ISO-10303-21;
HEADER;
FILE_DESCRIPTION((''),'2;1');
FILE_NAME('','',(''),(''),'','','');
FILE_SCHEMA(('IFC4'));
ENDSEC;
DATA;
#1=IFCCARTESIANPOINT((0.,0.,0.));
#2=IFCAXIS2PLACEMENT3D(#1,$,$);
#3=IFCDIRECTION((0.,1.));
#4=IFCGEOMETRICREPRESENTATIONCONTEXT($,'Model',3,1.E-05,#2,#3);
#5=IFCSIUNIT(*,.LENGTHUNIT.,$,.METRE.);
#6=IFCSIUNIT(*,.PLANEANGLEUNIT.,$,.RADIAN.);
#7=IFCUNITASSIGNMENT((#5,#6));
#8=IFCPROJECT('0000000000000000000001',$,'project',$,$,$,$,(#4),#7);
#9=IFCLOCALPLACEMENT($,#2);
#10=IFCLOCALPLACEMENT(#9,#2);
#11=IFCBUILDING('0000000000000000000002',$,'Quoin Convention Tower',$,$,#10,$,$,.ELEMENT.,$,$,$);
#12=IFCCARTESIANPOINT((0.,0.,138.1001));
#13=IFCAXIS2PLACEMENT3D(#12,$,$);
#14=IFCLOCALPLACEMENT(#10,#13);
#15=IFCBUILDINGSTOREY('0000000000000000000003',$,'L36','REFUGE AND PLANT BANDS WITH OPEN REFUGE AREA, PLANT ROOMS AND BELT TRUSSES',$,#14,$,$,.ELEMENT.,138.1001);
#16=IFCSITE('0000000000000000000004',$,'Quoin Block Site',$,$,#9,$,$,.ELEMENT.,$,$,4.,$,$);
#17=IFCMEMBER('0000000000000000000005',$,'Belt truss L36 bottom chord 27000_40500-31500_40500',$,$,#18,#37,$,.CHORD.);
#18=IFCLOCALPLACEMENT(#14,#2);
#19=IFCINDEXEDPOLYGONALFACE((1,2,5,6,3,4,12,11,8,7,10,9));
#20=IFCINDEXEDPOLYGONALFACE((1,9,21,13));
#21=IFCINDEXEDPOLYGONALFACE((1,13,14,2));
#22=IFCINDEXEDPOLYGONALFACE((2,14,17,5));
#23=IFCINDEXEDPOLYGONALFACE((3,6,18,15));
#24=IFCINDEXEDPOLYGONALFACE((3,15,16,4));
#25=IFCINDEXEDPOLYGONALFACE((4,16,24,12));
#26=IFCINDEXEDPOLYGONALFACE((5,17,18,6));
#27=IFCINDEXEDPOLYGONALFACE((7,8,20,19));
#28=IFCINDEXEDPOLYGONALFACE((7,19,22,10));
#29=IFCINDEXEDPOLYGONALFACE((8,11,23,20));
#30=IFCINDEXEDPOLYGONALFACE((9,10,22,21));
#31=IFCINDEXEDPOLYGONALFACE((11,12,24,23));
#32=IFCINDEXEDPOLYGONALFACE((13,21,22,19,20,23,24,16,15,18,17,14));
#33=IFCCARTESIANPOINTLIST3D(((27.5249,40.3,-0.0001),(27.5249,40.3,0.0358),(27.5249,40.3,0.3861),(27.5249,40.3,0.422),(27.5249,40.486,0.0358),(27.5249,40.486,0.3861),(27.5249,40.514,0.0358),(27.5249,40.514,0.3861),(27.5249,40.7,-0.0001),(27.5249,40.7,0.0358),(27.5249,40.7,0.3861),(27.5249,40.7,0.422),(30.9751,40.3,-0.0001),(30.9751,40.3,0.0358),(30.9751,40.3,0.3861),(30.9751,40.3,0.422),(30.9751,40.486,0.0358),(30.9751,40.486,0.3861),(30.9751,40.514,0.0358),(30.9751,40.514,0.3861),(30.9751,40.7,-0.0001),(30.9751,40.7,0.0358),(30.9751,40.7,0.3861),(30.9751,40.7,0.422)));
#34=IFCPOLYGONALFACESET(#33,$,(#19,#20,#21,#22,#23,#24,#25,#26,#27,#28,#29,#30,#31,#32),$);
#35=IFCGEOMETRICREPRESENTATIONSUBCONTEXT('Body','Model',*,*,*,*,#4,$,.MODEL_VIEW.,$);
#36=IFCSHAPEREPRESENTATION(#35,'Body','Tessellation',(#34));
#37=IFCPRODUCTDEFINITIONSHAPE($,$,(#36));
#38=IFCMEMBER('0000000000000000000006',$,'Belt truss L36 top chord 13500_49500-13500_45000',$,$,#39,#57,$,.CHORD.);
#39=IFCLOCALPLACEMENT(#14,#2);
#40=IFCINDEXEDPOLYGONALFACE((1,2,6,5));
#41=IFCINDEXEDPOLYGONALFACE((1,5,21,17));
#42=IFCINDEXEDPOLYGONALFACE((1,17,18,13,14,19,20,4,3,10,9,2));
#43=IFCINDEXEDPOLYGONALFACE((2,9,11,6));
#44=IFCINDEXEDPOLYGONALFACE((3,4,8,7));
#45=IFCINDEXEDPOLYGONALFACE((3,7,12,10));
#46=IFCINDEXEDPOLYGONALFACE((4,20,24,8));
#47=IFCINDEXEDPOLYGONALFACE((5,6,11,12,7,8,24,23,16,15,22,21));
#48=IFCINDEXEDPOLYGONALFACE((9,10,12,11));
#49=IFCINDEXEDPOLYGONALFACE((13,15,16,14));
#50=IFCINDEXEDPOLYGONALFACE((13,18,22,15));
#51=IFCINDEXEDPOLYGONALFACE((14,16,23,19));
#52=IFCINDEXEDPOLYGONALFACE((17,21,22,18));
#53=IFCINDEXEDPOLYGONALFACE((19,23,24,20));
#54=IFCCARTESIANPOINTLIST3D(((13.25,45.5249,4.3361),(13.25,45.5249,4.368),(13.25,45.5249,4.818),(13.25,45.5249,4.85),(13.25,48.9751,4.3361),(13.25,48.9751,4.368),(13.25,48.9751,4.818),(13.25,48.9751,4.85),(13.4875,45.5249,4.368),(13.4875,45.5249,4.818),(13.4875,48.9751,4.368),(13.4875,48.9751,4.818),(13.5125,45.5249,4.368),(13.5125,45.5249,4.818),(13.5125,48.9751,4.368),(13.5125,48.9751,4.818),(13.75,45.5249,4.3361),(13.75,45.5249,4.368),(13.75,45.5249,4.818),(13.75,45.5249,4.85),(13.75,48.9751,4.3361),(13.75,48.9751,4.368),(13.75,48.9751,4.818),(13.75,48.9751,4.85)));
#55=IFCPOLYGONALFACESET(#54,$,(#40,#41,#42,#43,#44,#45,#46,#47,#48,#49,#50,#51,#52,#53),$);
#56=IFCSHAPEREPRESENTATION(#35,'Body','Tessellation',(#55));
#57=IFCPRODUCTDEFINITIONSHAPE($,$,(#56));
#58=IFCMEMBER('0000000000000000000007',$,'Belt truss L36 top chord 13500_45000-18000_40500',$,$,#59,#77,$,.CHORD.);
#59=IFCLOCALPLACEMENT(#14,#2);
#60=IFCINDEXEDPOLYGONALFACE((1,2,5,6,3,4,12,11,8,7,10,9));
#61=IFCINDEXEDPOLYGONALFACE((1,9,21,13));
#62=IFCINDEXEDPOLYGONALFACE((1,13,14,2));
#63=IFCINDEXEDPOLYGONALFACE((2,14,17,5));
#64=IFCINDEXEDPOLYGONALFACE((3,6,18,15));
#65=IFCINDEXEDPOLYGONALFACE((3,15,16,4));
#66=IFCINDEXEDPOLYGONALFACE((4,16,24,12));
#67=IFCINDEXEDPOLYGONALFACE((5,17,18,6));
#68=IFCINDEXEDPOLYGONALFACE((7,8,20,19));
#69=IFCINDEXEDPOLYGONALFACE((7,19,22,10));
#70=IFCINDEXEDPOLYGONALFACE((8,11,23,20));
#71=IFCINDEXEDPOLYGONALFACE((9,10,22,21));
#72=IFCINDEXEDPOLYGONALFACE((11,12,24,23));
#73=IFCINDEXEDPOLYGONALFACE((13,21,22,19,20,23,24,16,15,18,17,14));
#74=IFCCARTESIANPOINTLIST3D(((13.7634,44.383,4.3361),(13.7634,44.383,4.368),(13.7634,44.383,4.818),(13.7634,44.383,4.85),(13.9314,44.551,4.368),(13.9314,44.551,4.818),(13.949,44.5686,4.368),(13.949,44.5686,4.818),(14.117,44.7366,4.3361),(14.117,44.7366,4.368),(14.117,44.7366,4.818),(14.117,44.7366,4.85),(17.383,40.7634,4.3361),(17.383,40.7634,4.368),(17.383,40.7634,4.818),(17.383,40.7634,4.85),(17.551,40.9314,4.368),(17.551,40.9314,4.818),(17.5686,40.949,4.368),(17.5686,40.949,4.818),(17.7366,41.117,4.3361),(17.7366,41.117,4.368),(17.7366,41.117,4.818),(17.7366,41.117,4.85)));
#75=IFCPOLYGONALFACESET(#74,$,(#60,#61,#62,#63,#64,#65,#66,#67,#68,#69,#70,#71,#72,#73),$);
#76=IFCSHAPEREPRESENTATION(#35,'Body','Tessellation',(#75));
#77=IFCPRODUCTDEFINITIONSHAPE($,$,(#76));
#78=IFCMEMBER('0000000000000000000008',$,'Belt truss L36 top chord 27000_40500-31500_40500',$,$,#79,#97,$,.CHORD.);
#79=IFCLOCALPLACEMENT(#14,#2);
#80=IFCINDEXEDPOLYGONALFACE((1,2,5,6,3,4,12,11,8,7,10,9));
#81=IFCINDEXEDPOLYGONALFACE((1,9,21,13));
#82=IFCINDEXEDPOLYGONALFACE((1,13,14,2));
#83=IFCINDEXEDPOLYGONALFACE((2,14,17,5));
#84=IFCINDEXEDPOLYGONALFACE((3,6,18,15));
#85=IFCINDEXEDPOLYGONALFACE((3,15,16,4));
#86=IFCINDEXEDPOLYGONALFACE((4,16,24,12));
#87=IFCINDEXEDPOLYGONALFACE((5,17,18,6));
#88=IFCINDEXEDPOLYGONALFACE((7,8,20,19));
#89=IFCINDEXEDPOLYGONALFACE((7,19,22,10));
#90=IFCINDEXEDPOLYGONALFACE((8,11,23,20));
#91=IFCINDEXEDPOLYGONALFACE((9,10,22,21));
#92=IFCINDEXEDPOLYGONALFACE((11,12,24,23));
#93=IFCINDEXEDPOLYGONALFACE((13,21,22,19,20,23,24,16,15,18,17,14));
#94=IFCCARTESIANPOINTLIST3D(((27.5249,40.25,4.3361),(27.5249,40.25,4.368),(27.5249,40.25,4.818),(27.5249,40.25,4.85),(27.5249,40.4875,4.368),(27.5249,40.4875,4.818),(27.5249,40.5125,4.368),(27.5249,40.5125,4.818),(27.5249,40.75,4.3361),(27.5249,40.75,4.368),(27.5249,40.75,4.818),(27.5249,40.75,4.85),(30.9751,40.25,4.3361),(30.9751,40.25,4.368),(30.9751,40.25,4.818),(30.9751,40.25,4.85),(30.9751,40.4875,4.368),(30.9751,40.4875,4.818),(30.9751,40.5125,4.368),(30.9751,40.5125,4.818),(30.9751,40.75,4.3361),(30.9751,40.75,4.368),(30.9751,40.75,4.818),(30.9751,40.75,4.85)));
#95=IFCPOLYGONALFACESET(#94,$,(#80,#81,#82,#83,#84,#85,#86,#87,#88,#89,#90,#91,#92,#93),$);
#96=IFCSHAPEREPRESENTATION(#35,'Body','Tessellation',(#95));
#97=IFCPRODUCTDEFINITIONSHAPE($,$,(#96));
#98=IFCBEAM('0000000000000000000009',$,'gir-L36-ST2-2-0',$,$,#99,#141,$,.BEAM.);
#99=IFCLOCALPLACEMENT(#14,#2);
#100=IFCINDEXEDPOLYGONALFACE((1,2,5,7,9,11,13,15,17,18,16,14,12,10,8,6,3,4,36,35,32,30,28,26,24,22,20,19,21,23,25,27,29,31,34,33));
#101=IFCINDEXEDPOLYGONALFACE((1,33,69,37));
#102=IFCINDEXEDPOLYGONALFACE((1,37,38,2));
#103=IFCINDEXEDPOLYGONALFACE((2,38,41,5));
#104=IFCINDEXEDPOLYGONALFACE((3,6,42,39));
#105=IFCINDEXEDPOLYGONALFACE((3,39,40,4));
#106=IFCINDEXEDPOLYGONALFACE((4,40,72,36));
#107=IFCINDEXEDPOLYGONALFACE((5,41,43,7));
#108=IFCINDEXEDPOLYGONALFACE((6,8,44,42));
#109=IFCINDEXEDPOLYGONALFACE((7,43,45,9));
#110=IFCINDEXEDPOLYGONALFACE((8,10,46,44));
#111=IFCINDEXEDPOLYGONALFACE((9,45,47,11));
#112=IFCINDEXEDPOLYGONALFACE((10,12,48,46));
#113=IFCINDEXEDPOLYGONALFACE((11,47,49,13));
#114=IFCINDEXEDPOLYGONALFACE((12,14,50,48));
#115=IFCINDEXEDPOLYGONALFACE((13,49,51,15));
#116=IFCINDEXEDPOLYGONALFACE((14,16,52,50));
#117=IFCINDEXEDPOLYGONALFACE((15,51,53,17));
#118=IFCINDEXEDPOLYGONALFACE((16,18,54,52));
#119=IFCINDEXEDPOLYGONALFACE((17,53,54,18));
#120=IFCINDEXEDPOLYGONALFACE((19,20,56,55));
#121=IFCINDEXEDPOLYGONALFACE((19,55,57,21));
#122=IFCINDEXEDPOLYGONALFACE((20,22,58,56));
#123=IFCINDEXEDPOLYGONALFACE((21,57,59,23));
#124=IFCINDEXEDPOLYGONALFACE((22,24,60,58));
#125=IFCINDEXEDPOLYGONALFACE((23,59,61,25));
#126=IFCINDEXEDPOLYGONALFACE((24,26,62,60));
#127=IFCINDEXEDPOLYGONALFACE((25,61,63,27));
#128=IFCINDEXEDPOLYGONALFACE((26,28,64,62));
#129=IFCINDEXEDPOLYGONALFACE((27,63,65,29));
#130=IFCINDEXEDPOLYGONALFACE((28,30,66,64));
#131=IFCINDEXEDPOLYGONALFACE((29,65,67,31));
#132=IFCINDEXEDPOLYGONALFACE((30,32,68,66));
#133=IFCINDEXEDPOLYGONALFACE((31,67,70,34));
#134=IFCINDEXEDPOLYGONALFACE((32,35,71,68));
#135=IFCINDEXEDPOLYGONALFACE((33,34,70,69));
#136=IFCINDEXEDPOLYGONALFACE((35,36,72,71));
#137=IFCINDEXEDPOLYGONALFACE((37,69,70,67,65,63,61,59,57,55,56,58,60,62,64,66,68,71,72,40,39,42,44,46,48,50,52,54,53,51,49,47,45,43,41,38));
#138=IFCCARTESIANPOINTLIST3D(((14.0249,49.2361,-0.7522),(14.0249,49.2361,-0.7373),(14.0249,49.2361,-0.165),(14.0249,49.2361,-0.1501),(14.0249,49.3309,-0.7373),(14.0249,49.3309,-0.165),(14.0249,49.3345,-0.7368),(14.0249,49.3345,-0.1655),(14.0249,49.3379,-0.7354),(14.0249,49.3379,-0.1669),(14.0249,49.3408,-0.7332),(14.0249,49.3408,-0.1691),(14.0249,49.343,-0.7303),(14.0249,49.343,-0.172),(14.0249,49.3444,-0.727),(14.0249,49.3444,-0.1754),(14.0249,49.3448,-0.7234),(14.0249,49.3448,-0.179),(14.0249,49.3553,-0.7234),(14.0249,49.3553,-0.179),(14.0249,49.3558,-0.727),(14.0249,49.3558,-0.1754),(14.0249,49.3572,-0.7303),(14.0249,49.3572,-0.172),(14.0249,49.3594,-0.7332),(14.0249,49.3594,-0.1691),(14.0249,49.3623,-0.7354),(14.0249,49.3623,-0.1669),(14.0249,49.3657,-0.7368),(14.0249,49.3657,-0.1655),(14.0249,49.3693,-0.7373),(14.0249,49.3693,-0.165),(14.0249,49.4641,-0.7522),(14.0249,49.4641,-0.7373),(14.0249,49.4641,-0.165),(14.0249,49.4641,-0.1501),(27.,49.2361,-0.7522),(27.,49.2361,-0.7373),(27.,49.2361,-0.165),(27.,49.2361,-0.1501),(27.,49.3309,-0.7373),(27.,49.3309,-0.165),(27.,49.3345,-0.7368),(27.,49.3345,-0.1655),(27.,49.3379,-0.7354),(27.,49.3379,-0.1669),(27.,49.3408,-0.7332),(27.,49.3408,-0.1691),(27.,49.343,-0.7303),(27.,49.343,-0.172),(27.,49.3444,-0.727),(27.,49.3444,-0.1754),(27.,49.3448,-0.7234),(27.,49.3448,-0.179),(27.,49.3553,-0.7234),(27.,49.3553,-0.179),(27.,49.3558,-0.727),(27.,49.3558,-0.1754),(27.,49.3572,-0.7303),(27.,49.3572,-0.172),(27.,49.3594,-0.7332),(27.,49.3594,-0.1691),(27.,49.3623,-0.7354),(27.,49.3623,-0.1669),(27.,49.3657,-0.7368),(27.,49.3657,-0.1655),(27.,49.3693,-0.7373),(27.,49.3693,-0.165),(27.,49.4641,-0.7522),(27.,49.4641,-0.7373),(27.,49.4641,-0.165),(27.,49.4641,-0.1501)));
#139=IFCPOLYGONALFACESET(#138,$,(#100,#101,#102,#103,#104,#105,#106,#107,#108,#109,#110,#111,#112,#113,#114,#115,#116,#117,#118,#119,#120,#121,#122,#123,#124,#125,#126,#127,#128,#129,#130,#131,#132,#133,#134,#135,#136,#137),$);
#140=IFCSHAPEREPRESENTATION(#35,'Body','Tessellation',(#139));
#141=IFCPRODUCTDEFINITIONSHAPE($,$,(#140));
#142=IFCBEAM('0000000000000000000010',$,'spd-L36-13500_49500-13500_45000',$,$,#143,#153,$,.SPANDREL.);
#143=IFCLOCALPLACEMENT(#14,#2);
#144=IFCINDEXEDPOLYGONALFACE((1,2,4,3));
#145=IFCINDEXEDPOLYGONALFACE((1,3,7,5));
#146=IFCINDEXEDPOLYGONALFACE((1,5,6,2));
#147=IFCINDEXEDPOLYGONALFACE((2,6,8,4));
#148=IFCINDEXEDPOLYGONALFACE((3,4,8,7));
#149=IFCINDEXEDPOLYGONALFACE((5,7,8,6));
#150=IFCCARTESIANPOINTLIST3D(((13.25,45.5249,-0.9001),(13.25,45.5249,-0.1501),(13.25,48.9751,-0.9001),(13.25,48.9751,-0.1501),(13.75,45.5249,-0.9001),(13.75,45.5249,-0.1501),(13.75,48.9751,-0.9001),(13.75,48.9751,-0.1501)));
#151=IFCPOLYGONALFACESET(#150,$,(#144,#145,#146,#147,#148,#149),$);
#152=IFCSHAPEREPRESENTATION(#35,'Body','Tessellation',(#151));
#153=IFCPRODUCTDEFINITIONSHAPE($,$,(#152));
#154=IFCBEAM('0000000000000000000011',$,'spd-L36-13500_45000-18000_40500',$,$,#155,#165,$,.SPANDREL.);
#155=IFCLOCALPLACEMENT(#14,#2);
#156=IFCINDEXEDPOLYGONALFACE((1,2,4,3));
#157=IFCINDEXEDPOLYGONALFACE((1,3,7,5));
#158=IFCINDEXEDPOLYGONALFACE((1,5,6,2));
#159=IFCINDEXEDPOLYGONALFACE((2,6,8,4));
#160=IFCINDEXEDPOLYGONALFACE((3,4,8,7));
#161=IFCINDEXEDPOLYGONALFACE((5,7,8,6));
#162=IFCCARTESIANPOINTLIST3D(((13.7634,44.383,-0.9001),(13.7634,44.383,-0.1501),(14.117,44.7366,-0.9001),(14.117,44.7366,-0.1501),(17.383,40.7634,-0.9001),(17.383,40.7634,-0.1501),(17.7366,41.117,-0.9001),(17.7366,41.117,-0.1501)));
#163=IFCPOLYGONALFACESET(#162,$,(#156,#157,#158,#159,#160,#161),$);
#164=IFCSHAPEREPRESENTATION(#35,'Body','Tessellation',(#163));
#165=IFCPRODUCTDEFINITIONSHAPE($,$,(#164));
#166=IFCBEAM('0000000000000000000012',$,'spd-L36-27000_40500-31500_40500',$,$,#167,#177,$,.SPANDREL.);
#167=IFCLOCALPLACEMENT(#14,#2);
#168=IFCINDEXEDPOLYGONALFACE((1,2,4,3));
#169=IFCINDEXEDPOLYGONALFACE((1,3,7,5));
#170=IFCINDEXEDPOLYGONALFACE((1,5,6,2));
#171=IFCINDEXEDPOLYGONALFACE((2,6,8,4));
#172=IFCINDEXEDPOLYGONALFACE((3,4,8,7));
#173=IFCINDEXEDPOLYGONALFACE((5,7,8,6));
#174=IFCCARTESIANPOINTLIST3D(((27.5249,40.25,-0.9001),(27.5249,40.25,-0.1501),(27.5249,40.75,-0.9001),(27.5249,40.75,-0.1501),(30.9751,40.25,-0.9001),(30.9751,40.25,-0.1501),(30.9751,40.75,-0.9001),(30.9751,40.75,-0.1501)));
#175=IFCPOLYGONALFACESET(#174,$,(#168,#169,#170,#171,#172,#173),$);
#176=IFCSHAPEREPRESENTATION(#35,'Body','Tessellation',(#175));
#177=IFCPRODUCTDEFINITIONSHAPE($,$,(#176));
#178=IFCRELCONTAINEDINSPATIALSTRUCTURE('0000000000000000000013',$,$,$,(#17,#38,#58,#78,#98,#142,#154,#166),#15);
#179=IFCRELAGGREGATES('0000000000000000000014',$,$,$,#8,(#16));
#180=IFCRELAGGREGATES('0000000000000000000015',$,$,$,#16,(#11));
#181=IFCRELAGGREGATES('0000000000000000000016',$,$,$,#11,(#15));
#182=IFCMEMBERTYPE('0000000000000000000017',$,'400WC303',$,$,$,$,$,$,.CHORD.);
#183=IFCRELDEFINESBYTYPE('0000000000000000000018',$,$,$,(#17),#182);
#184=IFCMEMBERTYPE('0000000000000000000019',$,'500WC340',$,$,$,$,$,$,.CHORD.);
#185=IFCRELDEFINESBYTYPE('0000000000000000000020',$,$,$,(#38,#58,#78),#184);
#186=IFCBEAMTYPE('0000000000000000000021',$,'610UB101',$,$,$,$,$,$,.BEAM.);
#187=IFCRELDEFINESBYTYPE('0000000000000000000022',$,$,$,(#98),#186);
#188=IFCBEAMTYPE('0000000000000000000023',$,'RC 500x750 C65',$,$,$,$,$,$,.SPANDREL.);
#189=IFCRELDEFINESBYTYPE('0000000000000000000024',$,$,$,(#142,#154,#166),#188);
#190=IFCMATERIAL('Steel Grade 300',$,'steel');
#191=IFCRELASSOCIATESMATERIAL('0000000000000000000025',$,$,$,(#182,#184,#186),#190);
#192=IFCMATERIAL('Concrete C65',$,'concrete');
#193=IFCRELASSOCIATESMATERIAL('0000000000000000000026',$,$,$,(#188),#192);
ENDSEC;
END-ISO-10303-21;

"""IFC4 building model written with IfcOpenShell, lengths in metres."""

from ifc_helpers import new_model, si_unit, direction, frame, origin, origin_2d, place, context, subcontext, project, spatial, rectangle, i_section, extrude, material, material_profile, profile_set, type_object, element, save


model = new_model("IFC4")

# Units and contexts
model_context = context("Model", 3, precision=1e-05, world=origin(), true_north=direction((0.0, 1.0)))
body_context = subcontext(model_context, "Body", "Model", "MODEL_VIEW")
ifc_project = project(units=[si_unit("LENGTHUNIT", "METRE"), si_unit("PLANEANGLEUNIT", "RADIAN")], contexts=[model_context])

# Site, building, storey
site_placement = place(None, origin())
site = spatial("IfcSite", under=ifc_project, at=site_placement, Name="Quoin Block Site", CompositionType="ELEMENT", RefElevation=4.0)
building_placement = place(site_placement, origin())
building = spatial("IfcBuilding", under=site, at=building_placement, Name="Quoin Convention Tower", CompositionType="ELEMENT")
storey_placement = place(building_placement, frame((0.0, 0.0, 138.1001)))
storey = spatial("IfcBuildingStorey", under=building, at=storey_placement, Name="L36", Description="REFUGE AND PLANT BANDS WITH OPEN REFUGE AREA, PLANT ROOMS AND BELT TRUSSES", CompositionType="ELEMENT", Elevation=138.1001)

# Shared definitions
ifc_material_1 = material(Name="Concrete C65", Category="concrete")

# Shared definitions
ifc_material_2 = material(Name="Steel Grade 300", Category="steel")

# Members
ifc_material_profile_1 = material_profile(ifc_material_2, i_section(OverallWidth=0.3999, OverallDepth=0.4221, WebThickness=0.0281, FlangeThickness=0.0359, at=origin_2d()), Name="400WC303")
ifc_profile_set_1 = profile_set([ifc_material_profile_1], Name="Steel Grade 300")
member_type_1 = type_object("IfcMemberType", Name="400WC303", PredefinedType="CHORD", material=ifc_profile_set_1)
member_1_placement = place(storey_placement, frame((27.5249, 40.5, 0.2109), z_axis=(1.0, 0.0, 0.0), x_axis=(0.0, 1.0, 0.0)))
element("IfcMember", 1, at=member_1_placement, inside=storey, type_object=member_type_1, Name="Belt truss L36 bottom chord 27000_40500-31500_40500", PredefinedType="CHORD", context=body_context, shape_type="SweptSolid", body=[
    extrude(i_section(OverallWidth=0.3999, OverallDepth=0.4221, WebThickness=0.0281, FlangeThickness=0.0359, at=origin_2d()), origin(), (0.0, 0.0, 1.0), 3.4502),
])
ifc_material_profile_2 = material_profile(ifc_material_2, i_section(OverallWidth=0.5, OverallDepth=0.5139, WebThickness=0.0249, FlangeThickness=0.032, at=origin_2d()), Name="500WC340")
ifc_profile_set_2 = profile_set([ifc_material_profile_2], Name="Steel Grade 300")
member_type_2 = type_object("IfcMemberType", Name="500WC340", PredefinedType="CHORD", material=ifc_profile_set_2)
member_2_placement = place(storey_placement, frame((13.5, 48.9751, 4.593), z_axis=(0.0, -1.0, 0.0), x_axis=(1.0, 0.0, 0.0)))
element("IfcMember", 2, at=member_2_placement, inside=storey, type_object=member_type_2, Name="Belt truss L36 top chord 13500_49500-13500_45000", PredefinedType="CHORD", context=body_context, shape_type="SweptSolid", body=[
    extrude(i_section(OverallWidth=0.5, OverallDepth=0.5139, WebThickness=0.0249, FlangeThickness=0.032, at=origin_2d()), origin(), (0.0, 0.0, 1.0), 3.4502),
])
member_3_placement = place(storey_placement, frame((13.9402, 44.5598, 4.593), z_axis=(0.707107, -0.707107, 0.0), x_axis=(0.707107, 0.707107, 0.0)))
element("IfcMember", 3, at=member_3_placement, inside=storey, type_object=member_type_2, Name="Belt truss L36 top chord 13500_45000-18000_40500", PredefinedType="CHORD", context=body_context, shape_type="SweptSolid", body=[
    extrude(i_section(OverallWidth=0.5, OverallDepth=0.5139, WebThickness=0.0249, FlangeThickness=0.032, at=origin_2d()), origin(), (0.0, 0.0, 1.0), 5.1189),
])
member_4_placement = place(storey_placement, frame((27.5249, 40.5, 4.593), z_axis=(1.0, 0.0, 0.0), x_axis=(0.0, 1.0, 0.0)))
element("IfcMember", 4, at=member_4_placement, inside=storey, type_object=member_type_2, Name="Belt truss L36 top chord 27000_40500-31500_40500", PredefinedType="CHORD", context=body_context, shape_type="SweptSolid", body=[
    extrude(i_section(OverallWidth=0.5, OverallDepth=0.5139, WebThickness=0.0249, FlangeThickness=0.032, at=origin_2d()), origin(), (0.0, 0.0, 1.0), 3.4502),
])

# Beams
ifc_material_profile_3 = material_profile(ifc_material_2, i_section(OverallWidth=0.228, OverallDepth=0.6021, WebThickness=0.0105, FlangeThickness=0.0149, FilletRadius=0.0139, at=origin_2d()), Name="610UB101")
ifc_profile_set_3 = profile_set([ifc_material_profile_3], Name="Steel Grade 300")
beam_type_1 = type_object("IfcBeamType", Name="610UB101", PredefinedType="BEAM", material=ifc_profile_set_3)
beam_1_placement = place(storey_placement, frame((14.0249, 49.3501, -0.4512), z_axis=(1.0, 0.0, 0.0), x_axis=(0.0, 1.0, 0.0)))
element("IfcBeam", 5, at=beam_1_placement, inside=storey, type_object=beam_type_1, Name="gir-L36-ST2-2-0", PredefinedType="BEAM", context=body_context, shape_type="SweptSolid", body=[
    extrude(i_section(OverallWidth=0.228, OverallDepth=0.6021, WebThickness=0.0105, FlangeThickness=0.0149, FilletRadius=0.0139, at=origin_2d()), origin(), (0.0, 0.0, 1.0), 12.9751),
])
ifc_material_profile_4 = material_profile(ifc_material_1, rectangle(XDim=0.5, YDim=0.75, at=origin_2d()), Name="RC 500x750")
ifc_profile_set_4 = profile_set([ifc_material_profile_4], Name="Concrete C65")
beam_type_2 = type_object("IfcBeamType", Name="RC 500x750 C65", PredefinedType="SPANDREL", material=ifc_profile_set_4)
beam_2_placement = place(storey_placement, frame((13.5, 48.9751, -0.5251), z_axis=(0.0, -1.0, 0.0), x_axis=(1.0, 0.0, 0.0)))
element("IfcBeam", 6, at=beam_2_placement, inside=storey, type_object=beam_type_2, Name="spd-L36-13500_49500-13500_45000", PredefinedType="SPANDREL", context=body_context, shape_type="SweptSolid", body=[
    extrude(rectangle(XDim=0.5, YDim=0.75, at=origin_2d()), origin(), (0.0, 0.0, 1.0), 3.4502),
])
beam_3_placement = place(storey_placement, frame((13.9402, 44.5598, -0.5251), z_axis=(0.707107, -0.707107, 0.0), x_axis=(0.707107, 0.707107, 0.0)))
element("IfcBeam", 7, at=beam_3_placement, inside=storey, type_object=beam_type_2, Name="spd-L36-13500_45000-18000_40500", PredefinedType="SPANDREL", context=body_context, shape_type="SweptSolid", body=[
    extrude(rectangle(XDim=0.5, YDim=0.75, at=origin_2d()), origin(), (0.0, 0.0, 1.0), 5.1189),
])
beam_4_placement = place(storey_placement, frame((27.5249, 40.5, -0.5251), z_axis=(1.0, 0.0, 0.0), x_axis=(0.0, 1.0, 0.0)))
element("IfcBeam", 8, at=beam_4_placement, inside=storey, type_object=beam_type_2, Name="spd-L36-27000_40500-31500_40500", PredefinedType="SPANDREL", context=body_context, shape_type="SweptSolid", body=[
    extrude(rectangle(XDim=0.5, YDim=0.75, at=origin_2d()), origin(), (0.0, 0.0, 1.0), 3.4502),
])

save(model, "model.ifc")
